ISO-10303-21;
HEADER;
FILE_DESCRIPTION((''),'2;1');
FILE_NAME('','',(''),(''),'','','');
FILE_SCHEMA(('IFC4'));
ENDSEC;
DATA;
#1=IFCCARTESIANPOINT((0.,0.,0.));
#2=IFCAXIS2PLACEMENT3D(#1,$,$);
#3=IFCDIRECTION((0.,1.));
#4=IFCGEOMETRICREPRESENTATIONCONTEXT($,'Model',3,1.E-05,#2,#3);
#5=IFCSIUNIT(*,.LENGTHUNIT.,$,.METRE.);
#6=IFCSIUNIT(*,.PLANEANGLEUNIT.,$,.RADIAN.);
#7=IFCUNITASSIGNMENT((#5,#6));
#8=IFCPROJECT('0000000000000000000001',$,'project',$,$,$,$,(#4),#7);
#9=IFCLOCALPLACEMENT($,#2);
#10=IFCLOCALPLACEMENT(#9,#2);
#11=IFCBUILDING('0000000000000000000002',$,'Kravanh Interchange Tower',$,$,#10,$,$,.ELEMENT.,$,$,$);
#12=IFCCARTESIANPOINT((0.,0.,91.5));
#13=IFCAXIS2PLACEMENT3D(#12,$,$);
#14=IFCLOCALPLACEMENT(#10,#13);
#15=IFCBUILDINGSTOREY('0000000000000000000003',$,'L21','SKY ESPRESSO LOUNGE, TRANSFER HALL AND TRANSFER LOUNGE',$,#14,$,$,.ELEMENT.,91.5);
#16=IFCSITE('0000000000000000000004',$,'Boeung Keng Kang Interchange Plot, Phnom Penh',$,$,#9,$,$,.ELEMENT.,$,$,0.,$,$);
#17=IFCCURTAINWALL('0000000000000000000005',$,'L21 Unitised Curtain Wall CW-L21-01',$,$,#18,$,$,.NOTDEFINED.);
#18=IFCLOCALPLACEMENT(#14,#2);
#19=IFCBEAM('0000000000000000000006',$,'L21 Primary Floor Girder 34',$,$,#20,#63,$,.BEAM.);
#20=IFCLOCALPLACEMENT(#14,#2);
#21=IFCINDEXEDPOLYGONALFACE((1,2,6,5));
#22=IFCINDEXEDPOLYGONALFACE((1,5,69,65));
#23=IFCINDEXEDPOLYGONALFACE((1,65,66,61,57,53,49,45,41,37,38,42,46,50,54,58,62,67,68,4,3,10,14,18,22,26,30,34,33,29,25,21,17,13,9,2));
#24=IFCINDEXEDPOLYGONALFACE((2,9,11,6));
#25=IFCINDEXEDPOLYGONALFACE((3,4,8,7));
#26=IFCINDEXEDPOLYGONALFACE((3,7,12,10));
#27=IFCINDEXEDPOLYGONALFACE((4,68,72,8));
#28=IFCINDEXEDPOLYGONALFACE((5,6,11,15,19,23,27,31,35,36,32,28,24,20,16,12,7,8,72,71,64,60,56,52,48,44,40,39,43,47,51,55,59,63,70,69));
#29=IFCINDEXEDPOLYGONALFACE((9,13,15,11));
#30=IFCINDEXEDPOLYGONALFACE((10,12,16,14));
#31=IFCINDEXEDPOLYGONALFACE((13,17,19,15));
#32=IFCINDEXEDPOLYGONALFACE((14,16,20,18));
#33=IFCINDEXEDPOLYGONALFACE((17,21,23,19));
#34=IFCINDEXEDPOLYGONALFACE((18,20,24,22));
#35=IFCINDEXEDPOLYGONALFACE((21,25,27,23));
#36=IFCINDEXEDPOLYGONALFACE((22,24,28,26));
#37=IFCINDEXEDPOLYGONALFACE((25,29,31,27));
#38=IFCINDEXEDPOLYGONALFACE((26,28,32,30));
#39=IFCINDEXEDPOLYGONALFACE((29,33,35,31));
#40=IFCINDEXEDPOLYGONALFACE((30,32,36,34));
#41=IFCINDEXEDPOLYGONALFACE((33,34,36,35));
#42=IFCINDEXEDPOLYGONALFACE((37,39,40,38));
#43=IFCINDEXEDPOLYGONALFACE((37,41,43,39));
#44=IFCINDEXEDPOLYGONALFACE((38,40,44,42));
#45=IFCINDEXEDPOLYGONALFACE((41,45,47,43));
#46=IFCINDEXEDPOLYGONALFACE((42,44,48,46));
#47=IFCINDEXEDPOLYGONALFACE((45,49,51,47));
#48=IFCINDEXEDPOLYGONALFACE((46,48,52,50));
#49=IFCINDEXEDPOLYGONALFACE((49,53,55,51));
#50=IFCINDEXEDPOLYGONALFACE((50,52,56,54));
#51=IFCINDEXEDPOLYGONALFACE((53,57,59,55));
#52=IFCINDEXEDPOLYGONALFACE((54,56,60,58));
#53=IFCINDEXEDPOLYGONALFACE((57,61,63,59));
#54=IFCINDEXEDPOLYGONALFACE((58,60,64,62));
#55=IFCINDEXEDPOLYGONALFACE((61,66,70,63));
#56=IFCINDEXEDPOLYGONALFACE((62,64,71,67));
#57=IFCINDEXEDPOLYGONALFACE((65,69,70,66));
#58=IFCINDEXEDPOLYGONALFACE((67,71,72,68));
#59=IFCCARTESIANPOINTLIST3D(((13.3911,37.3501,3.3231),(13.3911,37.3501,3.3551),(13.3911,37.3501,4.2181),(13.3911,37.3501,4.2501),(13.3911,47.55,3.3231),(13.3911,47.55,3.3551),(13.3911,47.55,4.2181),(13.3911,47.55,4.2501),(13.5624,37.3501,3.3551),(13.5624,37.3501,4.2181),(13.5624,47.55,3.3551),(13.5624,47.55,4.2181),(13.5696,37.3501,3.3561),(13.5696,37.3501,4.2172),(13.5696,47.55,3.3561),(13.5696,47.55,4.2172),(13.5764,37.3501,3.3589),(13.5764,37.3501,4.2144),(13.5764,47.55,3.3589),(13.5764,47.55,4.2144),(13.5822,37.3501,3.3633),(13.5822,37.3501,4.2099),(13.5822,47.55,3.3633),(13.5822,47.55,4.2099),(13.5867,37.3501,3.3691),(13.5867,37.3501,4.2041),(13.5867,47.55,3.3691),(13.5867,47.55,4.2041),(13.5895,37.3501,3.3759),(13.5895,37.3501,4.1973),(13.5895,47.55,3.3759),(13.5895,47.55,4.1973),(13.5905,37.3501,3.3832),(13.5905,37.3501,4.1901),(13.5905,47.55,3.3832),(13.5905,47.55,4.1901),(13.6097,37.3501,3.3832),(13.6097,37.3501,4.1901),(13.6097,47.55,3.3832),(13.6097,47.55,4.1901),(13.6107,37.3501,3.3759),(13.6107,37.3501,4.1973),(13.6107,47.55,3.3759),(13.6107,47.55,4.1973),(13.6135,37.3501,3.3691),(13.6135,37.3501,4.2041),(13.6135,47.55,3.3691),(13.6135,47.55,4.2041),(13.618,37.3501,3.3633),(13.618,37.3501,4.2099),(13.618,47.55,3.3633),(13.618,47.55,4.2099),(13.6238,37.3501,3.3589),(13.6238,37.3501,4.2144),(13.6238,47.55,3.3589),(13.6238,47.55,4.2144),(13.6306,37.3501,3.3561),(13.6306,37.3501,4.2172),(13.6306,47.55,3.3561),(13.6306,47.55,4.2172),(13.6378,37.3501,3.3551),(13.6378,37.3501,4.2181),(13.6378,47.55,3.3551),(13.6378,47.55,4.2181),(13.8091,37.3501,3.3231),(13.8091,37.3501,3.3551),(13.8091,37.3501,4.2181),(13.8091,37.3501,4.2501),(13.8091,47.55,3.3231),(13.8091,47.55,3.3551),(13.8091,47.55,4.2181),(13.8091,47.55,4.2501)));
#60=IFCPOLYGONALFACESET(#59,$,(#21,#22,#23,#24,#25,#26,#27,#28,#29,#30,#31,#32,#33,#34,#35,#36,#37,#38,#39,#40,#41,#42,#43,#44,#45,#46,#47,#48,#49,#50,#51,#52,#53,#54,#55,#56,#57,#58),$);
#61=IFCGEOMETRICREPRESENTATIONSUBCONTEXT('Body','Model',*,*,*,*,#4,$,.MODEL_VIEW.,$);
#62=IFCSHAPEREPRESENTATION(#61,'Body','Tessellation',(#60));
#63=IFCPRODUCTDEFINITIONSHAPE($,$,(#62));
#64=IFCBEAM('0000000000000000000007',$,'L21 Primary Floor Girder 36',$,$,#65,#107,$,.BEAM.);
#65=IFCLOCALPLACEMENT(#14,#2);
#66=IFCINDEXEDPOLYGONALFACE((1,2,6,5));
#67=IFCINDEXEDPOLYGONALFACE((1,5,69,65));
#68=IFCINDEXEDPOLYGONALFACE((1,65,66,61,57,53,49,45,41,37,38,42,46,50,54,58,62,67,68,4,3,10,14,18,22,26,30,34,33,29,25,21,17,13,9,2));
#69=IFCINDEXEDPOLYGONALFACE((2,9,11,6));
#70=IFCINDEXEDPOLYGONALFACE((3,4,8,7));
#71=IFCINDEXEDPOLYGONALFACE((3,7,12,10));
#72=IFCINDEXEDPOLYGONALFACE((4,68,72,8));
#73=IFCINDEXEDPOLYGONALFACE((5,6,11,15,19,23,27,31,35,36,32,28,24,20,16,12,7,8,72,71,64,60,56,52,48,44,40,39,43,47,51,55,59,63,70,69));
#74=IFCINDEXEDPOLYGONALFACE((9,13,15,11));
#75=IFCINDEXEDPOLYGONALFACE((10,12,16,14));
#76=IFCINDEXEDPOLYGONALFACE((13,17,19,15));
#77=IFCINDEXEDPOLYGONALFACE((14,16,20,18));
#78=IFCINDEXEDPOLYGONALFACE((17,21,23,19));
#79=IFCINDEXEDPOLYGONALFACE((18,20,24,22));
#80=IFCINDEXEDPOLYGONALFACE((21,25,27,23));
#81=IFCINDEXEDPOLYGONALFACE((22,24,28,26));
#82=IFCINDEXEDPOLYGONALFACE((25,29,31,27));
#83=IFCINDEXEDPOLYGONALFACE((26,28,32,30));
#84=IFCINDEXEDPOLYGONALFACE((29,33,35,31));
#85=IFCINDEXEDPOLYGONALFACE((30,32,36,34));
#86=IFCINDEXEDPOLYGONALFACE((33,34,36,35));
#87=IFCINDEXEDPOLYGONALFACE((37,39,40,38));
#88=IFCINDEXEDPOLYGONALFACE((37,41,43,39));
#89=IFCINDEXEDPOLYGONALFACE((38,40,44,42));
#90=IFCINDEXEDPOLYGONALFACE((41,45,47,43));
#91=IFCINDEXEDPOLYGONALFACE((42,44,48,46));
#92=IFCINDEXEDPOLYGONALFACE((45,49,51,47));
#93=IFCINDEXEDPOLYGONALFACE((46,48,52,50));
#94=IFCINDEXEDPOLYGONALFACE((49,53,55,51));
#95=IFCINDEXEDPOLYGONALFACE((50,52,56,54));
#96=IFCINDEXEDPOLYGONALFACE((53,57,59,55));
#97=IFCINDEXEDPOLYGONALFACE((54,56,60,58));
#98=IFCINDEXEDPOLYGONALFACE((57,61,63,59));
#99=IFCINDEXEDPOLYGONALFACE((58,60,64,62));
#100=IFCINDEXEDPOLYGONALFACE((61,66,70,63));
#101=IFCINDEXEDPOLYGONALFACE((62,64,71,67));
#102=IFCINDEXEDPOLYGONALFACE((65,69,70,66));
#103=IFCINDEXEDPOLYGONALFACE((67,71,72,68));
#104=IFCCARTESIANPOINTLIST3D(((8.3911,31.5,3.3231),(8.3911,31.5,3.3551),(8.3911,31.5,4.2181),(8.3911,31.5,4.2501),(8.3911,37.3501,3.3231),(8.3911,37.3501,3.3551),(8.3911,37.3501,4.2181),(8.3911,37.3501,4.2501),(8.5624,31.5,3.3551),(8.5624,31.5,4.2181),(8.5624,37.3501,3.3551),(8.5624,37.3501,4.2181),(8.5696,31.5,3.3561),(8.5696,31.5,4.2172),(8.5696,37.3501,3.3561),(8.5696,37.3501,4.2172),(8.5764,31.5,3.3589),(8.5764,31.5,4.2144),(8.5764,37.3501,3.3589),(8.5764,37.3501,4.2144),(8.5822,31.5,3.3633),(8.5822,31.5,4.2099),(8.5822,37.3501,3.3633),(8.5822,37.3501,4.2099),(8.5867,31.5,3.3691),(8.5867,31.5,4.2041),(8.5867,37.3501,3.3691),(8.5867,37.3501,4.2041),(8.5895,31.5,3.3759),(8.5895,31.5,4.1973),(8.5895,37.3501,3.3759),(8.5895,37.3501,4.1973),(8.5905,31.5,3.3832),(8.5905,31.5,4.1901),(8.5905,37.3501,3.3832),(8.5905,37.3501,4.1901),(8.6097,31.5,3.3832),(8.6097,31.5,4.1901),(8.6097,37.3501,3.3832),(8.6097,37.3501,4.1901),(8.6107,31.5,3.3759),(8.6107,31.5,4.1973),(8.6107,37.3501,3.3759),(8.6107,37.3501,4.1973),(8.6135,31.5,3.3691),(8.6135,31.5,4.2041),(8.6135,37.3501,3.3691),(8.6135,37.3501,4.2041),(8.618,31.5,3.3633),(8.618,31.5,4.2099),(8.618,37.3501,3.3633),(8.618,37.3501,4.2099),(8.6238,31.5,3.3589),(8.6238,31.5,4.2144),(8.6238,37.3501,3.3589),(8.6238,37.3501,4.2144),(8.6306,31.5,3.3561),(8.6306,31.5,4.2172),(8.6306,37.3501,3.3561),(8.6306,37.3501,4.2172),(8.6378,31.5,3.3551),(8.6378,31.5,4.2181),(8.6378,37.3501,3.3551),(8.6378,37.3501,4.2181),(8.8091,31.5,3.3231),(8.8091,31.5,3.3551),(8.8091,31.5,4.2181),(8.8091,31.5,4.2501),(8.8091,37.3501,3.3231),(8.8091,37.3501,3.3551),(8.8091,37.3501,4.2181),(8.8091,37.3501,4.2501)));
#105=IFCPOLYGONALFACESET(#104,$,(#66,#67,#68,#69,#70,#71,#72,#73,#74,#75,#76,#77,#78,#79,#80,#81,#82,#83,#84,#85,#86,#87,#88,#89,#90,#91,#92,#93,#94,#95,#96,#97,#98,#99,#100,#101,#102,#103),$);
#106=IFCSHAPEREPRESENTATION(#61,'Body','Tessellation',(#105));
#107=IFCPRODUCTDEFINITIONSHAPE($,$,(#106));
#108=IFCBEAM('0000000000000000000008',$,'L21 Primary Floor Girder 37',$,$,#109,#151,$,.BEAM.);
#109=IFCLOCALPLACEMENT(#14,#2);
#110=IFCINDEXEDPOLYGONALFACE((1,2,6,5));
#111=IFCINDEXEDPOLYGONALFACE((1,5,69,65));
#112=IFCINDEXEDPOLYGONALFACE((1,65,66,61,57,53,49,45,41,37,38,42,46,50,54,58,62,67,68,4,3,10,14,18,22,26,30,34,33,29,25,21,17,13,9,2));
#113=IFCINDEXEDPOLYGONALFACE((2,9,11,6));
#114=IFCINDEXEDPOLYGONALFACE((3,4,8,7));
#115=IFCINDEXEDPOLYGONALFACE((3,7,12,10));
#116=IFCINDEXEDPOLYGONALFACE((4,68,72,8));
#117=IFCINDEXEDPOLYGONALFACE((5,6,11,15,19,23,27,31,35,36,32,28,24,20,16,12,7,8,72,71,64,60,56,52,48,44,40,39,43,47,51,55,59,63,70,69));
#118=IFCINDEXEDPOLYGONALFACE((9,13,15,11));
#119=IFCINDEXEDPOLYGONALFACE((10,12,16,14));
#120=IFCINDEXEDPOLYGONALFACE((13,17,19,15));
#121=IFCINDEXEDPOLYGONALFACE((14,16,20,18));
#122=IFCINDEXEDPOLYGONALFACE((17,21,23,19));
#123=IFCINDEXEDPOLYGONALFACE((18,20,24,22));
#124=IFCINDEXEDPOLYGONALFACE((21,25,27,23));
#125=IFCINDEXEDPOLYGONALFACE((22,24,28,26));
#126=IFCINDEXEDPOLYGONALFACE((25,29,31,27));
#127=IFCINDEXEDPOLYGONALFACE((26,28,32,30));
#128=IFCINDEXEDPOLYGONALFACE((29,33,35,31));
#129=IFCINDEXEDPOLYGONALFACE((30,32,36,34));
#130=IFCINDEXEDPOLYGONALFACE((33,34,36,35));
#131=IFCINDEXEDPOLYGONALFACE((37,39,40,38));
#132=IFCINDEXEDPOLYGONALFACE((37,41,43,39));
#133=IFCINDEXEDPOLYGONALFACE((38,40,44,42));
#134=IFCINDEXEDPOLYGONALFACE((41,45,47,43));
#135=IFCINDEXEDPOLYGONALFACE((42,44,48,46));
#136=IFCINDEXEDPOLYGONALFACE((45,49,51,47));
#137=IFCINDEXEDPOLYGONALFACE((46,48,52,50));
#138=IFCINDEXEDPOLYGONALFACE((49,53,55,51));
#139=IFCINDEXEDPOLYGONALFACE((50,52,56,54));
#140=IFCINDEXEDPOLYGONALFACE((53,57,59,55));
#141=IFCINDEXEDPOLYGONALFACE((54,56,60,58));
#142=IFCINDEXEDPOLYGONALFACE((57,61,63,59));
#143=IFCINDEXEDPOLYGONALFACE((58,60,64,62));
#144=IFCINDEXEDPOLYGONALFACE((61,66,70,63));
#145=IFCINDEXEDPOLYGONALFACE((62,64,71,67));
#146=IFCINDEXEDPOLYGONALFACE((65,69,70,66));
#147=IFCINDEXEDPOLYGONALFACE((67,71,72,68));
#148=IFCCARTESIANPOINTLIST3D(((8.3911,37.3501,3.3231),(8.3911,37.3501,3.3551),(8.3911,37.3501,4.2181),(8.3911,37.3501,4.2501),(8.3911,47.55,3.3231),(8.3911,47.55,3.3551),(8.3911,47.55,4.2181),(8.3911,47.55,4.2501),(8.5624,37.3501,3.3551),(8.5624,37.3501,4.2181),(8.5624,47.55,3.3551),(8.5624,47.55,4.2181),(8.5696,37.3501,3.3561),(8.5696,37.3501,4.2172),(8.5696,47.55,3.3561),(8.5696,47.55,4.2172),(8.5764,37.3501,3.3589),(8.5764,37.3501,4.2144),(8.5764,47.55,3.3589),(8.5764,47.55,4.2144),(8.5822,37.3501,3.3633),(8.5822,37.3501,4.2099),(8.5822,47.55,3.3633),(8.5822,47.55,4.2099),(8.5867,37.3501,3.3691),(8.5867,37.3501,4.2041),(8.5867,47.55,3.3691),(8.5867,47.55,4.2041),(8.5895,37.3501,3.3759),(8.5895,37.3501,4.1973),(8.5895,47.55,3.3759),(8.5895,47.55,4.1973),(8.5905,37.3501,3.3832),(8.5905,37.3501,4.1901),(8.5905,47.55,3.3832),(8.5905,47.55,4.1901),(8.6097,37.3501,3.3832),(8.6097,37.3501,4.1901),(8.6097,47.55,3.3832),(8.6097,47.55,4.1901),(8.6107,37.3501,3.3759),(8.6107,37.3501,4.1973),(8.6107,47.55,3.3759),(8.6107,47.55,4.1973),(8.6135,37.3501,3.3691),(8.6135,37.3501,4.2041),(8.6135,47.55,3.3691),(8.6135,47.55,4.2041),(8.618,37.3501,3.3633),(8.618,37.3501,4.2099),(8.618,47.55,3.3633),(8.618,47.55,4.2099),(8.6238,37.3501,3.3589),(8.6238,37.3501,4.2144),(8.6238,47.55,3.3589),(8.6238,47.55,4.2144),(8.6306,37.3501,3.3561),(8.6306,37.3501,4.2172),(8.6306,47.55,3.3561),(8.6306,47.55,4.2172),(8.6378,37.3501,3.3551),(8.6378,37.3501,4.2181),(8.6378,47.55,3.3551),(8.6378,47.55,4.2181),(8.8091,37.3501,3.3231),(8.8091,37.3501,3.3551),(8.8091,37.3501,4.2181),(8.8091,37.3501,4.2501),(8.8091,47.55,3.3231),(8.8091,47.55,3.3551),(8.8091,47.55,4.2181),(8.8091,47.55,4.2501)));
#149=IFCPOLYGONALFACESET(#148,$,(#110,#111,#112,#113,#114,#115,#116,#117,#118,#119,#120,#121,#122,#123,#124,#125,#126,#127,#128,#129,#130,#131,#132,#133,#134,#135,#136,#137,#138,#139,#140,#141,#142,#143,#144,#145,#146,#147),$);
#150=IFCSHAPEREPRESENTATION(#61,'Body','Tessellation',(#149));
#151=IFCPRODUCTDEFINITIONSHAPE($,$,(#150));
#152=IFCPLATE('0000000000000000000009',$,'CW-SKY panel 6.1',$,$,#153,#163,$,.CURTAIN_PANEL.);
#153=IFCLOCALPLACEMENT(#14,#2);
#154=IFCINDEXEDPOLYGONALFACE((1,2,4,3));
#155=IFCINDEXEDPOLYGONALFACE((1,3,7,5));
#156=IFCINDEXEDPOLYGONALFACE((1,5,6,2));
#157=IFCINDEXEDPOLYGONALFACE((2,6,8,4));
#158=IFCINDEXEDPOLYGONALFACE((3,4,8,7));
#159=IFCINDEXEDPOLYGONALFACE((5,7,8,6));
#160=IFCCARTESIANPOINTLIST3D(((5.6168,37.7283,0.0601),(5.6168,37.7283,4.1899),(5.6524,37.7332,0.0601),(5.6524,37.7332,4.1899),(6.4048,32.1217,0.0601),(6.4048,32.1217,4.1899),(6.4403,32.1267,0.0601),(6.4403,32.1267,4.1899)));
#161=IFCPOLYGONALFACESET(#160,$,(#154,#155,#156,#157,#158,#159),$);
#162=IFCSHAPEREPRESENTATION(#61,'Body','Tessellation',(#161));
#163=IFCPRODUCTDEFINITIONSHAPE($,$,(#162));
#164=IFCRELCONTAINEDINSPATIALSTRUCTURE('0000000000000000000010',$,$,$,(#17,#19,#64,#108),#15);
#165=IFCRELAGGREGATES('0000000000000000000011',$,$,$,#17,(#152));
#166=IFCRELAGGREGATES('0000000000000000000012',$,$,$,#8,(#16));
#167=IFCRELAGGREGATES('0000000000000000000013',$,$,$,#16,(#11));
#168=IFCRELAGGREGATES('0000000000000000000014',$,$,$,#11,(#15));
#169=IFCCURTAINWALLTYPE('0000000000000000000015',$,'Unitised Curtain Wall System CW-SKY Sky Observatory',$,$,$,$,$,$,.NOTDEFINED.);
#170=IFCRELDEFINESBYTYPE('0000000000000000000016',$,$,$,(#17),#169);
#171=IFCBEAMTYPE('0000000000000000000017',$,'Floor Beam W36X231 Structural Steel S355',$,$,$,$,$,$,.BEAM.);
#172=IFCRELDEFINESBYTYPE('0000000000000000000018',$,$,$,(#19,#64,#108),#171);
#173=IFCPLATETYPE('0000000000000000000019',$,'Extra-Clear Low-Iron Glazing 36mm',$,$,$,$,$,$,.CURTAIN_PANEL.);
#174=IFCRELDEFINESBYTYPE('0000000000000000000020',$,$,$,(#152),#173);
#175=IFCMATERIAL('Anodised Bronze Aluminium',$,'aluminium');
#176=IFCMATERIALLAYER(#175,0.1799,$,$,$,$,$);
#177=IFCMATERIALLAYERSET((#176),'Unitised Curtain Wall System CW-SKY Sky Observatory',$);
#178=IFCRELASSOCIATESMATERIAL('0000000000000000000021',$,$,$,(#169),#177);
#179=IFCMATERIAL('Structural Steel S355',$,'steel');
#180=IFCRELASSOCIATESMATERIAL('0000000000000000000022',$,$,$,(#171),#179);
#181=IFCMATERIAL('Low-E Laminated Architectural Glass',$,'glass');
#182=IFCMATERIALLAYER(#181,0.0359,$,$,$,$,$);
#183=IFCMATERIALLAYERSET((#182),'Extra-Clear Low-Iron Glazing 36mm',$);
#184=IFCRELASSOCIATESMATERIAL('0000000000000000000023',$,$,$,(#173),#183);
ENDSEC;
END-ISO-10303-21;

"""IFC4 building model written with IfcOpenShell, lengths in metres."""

from ifc_helpers import new_model, si_unit, direction, frame, origin, origin_2d, place, context, subcontext, project, spatial, rectangle, i_section, extrude, material, layer, layer_set, material_profile, profile_set, type_object, element, aggregate, save


model = new_model("IFC4")

# Units and contexts
model_context = context("Model", 3, precision=1e-05, world=origin(), true_north=direction((0.0, 1.0)))
body_context = subcontext(model_context, "Body", "Model", "MODEL_VIEW")
ifc_project = project(units=[si_unit("LENGTHUNIT", "METRE"), si_unit("PLANEANGLEUNIT", "RADIAN")], contexts=[model_context])

# Site, building, storey
site_placement = place(None, origin())
site = spatial("IfcSite", under=ifc_project, at=site_placement, Name="Boeung Keng Kang Interchange Plot, Phnom Penh", CompositionType="ELEMENT", RefElevation=0.0)
building_placement = place(site_placement, origin())
building = spatial("IfcBuilding", under=site, at=building_placement, Name="Kravanh Interchange Tower", CompositionType="ELEMENT")
storey_placement = place(building_placement, frame((0.0, 0.0, 91.5)))
storey = spatial("IfcBuildingStorey", under=building, at=storey_placement, Name="L21", Description="SKY ESPRESSO LOUNGE, TRANSFER HALL AND TRANSFER LOUNGE", CompositionType="ELEMENT", Elevation=91.5)

# Curtain wall
ifc_material_1 = material(Name="Anodised Bronze Aluminium", Category="aluminium")
ifc_layer_1 = layer(ifc_material_1, 0.1799)
ifc_layer_set_1 = layer_set([ifc_layer_1], Name="Unitised Curtain Wall System CW-SKY Sky Observatory")
curtain_wall_type = type_object("IfcCurtainWallType", Name="Unitised Curtain Wall System CW-SKY Sky Observatory", PredefinedType="NOTDEFINED", material=ifc_layer_set_1)
curtain_wall_placement = place(storey_placement, origin())
curtain_wall = element("IfcCurtainWall", 1, at=curtain_wall_placement, inside=storey, type_object=curtain_wall_type, Name="L21 Unitised Curtain Wall CW-L21-01", PredefinedType="NOTDEFINED")

# Beams
ifc_material_2 = material(Name="Structural Steel S355", Category="steel")
ifc_material_profile_1 = material_profile(ifc_material_2, i_section(OverallWidth=0.418, OverallDepth=0.927, WebThickness=0.0193, FlangeThickness=0.032, FilletRadius=0.0281, at=origin_2d()), Name="W36X231")
ifc_profile_set_1 = profile_set([ifc_material_profile_1], Name="Structural Steel S355")
beam_type = type_object("IfcBeamType", Name="Floor Beam W36X231 Structural Steel S355", PredefinedType="BEAM", material=ifc_profile_set_1)
beam_1_placement = place(storey_placement, frame((13.6001, 37.3501, 3.7866), z_axis=(0.0, 1.0, 0.0), x_axis=(-1.0, 0.0, 0.0)))
element("IfcBeam", 2, at=beam_1_placement, inside=storey, type_object=beam_type, Name="L21 Primary Floor Girder 34", PredefinedType="BEAM", context=body_context, shape_type="SweptSolid", body=[
    extrude(i_section(OverallWidth=0.418, OverallDepth=0.927, WebThickness=0.0193, FlangeThickness=0.032, FilletRadius=0.0281, at=origin_2d()), origin(), (0.0, 0.0, 1.0), 10.2),
])
beam_2_placement = place(storey_placement, frame((8.6001, 37.3501, 3.7866), z_axis=(0.0, -1.0, 0.0), x_axis=(1.0, 0.0, 0.0)))
element("IfcBeam", 3, at=beam_2_placement, inside=storey, type_object=beam_type, Name="L21 Primary Floor Girder 36", PredefinedType="BEAM", context=body_context, shape_type="SweptSolid", body=[
    extrude(i_section(OverallWidth=0.418, OverallDepth=0.927, WebThickness=0.0193, FlangeThickness=0.032, FilletRadius=0.0281, at=origin_2d()), origin(), (0.0, 0.0, 1.0), 5.8501),
])
beam_3_placement = place(storey_placement, frame((8.6001, 37.3501, 3.7866), z_axis=(0.0, 1.0, 0.0), x_axis=(-1.0, 0.0, 0.0)))
element("IfcBeam", 4, at=beam_3_placement, inside=storey, type_object=beam_type, Name="L21 Primary Floor Girder 37", PredefinedType="BEAM", context=body_context, shape_type="SweptSolid", body=[
    extrude(i_section(OverallWidth=0.418, OverallDepth=0.927, WebThickness=0.0193, FlangeThickness=0.032, FilletRadius=0.0281, at=origin_2d()), origin(), (0.0, 0.0, 1.0), 10.2),
])

# Plate
ifc_material_3 = material(Name="Low-E Laminated Architectural Glass", Category="glass")
ifc_layer_2 = layer(ifc_material_3, 0.0359)
ifc_layer_set_2 = layer_set([ifc_layer_2], Name="Extra-Clear Low-Iron Glazing 36mm")
plate_type = type_object("IfcPlateType", Name="Extra-Clear Low-Iron Glazing 36mm", PredefinedType="CURTAIN_PANEL", material=ifc_layer_set_2)
plate_placement = place(storey_placement, frame((6.0286, 34.9275, 0.0601), z_axis=(0.0, 0.0, 1.0), x_axis=(-0.139177, 0.990268, 0.0)))
plate = element("IfcPlate", 5, at=plate_placement, type_object=plate_type, Name="CW-SKY panel 6.1", PredefinedType="CURTAIN_PANEL", context=body_context, shape_type="SweptSolid", body=[
    extrude(rectangle(XDim=5.6616, YDim=0.0359, at=origin_2d()), origin(), (0.0, 0.0, 1.0), 4.1299),
])
aggregate(curtain_wall, [plate])

save(model, "model.ifc")
